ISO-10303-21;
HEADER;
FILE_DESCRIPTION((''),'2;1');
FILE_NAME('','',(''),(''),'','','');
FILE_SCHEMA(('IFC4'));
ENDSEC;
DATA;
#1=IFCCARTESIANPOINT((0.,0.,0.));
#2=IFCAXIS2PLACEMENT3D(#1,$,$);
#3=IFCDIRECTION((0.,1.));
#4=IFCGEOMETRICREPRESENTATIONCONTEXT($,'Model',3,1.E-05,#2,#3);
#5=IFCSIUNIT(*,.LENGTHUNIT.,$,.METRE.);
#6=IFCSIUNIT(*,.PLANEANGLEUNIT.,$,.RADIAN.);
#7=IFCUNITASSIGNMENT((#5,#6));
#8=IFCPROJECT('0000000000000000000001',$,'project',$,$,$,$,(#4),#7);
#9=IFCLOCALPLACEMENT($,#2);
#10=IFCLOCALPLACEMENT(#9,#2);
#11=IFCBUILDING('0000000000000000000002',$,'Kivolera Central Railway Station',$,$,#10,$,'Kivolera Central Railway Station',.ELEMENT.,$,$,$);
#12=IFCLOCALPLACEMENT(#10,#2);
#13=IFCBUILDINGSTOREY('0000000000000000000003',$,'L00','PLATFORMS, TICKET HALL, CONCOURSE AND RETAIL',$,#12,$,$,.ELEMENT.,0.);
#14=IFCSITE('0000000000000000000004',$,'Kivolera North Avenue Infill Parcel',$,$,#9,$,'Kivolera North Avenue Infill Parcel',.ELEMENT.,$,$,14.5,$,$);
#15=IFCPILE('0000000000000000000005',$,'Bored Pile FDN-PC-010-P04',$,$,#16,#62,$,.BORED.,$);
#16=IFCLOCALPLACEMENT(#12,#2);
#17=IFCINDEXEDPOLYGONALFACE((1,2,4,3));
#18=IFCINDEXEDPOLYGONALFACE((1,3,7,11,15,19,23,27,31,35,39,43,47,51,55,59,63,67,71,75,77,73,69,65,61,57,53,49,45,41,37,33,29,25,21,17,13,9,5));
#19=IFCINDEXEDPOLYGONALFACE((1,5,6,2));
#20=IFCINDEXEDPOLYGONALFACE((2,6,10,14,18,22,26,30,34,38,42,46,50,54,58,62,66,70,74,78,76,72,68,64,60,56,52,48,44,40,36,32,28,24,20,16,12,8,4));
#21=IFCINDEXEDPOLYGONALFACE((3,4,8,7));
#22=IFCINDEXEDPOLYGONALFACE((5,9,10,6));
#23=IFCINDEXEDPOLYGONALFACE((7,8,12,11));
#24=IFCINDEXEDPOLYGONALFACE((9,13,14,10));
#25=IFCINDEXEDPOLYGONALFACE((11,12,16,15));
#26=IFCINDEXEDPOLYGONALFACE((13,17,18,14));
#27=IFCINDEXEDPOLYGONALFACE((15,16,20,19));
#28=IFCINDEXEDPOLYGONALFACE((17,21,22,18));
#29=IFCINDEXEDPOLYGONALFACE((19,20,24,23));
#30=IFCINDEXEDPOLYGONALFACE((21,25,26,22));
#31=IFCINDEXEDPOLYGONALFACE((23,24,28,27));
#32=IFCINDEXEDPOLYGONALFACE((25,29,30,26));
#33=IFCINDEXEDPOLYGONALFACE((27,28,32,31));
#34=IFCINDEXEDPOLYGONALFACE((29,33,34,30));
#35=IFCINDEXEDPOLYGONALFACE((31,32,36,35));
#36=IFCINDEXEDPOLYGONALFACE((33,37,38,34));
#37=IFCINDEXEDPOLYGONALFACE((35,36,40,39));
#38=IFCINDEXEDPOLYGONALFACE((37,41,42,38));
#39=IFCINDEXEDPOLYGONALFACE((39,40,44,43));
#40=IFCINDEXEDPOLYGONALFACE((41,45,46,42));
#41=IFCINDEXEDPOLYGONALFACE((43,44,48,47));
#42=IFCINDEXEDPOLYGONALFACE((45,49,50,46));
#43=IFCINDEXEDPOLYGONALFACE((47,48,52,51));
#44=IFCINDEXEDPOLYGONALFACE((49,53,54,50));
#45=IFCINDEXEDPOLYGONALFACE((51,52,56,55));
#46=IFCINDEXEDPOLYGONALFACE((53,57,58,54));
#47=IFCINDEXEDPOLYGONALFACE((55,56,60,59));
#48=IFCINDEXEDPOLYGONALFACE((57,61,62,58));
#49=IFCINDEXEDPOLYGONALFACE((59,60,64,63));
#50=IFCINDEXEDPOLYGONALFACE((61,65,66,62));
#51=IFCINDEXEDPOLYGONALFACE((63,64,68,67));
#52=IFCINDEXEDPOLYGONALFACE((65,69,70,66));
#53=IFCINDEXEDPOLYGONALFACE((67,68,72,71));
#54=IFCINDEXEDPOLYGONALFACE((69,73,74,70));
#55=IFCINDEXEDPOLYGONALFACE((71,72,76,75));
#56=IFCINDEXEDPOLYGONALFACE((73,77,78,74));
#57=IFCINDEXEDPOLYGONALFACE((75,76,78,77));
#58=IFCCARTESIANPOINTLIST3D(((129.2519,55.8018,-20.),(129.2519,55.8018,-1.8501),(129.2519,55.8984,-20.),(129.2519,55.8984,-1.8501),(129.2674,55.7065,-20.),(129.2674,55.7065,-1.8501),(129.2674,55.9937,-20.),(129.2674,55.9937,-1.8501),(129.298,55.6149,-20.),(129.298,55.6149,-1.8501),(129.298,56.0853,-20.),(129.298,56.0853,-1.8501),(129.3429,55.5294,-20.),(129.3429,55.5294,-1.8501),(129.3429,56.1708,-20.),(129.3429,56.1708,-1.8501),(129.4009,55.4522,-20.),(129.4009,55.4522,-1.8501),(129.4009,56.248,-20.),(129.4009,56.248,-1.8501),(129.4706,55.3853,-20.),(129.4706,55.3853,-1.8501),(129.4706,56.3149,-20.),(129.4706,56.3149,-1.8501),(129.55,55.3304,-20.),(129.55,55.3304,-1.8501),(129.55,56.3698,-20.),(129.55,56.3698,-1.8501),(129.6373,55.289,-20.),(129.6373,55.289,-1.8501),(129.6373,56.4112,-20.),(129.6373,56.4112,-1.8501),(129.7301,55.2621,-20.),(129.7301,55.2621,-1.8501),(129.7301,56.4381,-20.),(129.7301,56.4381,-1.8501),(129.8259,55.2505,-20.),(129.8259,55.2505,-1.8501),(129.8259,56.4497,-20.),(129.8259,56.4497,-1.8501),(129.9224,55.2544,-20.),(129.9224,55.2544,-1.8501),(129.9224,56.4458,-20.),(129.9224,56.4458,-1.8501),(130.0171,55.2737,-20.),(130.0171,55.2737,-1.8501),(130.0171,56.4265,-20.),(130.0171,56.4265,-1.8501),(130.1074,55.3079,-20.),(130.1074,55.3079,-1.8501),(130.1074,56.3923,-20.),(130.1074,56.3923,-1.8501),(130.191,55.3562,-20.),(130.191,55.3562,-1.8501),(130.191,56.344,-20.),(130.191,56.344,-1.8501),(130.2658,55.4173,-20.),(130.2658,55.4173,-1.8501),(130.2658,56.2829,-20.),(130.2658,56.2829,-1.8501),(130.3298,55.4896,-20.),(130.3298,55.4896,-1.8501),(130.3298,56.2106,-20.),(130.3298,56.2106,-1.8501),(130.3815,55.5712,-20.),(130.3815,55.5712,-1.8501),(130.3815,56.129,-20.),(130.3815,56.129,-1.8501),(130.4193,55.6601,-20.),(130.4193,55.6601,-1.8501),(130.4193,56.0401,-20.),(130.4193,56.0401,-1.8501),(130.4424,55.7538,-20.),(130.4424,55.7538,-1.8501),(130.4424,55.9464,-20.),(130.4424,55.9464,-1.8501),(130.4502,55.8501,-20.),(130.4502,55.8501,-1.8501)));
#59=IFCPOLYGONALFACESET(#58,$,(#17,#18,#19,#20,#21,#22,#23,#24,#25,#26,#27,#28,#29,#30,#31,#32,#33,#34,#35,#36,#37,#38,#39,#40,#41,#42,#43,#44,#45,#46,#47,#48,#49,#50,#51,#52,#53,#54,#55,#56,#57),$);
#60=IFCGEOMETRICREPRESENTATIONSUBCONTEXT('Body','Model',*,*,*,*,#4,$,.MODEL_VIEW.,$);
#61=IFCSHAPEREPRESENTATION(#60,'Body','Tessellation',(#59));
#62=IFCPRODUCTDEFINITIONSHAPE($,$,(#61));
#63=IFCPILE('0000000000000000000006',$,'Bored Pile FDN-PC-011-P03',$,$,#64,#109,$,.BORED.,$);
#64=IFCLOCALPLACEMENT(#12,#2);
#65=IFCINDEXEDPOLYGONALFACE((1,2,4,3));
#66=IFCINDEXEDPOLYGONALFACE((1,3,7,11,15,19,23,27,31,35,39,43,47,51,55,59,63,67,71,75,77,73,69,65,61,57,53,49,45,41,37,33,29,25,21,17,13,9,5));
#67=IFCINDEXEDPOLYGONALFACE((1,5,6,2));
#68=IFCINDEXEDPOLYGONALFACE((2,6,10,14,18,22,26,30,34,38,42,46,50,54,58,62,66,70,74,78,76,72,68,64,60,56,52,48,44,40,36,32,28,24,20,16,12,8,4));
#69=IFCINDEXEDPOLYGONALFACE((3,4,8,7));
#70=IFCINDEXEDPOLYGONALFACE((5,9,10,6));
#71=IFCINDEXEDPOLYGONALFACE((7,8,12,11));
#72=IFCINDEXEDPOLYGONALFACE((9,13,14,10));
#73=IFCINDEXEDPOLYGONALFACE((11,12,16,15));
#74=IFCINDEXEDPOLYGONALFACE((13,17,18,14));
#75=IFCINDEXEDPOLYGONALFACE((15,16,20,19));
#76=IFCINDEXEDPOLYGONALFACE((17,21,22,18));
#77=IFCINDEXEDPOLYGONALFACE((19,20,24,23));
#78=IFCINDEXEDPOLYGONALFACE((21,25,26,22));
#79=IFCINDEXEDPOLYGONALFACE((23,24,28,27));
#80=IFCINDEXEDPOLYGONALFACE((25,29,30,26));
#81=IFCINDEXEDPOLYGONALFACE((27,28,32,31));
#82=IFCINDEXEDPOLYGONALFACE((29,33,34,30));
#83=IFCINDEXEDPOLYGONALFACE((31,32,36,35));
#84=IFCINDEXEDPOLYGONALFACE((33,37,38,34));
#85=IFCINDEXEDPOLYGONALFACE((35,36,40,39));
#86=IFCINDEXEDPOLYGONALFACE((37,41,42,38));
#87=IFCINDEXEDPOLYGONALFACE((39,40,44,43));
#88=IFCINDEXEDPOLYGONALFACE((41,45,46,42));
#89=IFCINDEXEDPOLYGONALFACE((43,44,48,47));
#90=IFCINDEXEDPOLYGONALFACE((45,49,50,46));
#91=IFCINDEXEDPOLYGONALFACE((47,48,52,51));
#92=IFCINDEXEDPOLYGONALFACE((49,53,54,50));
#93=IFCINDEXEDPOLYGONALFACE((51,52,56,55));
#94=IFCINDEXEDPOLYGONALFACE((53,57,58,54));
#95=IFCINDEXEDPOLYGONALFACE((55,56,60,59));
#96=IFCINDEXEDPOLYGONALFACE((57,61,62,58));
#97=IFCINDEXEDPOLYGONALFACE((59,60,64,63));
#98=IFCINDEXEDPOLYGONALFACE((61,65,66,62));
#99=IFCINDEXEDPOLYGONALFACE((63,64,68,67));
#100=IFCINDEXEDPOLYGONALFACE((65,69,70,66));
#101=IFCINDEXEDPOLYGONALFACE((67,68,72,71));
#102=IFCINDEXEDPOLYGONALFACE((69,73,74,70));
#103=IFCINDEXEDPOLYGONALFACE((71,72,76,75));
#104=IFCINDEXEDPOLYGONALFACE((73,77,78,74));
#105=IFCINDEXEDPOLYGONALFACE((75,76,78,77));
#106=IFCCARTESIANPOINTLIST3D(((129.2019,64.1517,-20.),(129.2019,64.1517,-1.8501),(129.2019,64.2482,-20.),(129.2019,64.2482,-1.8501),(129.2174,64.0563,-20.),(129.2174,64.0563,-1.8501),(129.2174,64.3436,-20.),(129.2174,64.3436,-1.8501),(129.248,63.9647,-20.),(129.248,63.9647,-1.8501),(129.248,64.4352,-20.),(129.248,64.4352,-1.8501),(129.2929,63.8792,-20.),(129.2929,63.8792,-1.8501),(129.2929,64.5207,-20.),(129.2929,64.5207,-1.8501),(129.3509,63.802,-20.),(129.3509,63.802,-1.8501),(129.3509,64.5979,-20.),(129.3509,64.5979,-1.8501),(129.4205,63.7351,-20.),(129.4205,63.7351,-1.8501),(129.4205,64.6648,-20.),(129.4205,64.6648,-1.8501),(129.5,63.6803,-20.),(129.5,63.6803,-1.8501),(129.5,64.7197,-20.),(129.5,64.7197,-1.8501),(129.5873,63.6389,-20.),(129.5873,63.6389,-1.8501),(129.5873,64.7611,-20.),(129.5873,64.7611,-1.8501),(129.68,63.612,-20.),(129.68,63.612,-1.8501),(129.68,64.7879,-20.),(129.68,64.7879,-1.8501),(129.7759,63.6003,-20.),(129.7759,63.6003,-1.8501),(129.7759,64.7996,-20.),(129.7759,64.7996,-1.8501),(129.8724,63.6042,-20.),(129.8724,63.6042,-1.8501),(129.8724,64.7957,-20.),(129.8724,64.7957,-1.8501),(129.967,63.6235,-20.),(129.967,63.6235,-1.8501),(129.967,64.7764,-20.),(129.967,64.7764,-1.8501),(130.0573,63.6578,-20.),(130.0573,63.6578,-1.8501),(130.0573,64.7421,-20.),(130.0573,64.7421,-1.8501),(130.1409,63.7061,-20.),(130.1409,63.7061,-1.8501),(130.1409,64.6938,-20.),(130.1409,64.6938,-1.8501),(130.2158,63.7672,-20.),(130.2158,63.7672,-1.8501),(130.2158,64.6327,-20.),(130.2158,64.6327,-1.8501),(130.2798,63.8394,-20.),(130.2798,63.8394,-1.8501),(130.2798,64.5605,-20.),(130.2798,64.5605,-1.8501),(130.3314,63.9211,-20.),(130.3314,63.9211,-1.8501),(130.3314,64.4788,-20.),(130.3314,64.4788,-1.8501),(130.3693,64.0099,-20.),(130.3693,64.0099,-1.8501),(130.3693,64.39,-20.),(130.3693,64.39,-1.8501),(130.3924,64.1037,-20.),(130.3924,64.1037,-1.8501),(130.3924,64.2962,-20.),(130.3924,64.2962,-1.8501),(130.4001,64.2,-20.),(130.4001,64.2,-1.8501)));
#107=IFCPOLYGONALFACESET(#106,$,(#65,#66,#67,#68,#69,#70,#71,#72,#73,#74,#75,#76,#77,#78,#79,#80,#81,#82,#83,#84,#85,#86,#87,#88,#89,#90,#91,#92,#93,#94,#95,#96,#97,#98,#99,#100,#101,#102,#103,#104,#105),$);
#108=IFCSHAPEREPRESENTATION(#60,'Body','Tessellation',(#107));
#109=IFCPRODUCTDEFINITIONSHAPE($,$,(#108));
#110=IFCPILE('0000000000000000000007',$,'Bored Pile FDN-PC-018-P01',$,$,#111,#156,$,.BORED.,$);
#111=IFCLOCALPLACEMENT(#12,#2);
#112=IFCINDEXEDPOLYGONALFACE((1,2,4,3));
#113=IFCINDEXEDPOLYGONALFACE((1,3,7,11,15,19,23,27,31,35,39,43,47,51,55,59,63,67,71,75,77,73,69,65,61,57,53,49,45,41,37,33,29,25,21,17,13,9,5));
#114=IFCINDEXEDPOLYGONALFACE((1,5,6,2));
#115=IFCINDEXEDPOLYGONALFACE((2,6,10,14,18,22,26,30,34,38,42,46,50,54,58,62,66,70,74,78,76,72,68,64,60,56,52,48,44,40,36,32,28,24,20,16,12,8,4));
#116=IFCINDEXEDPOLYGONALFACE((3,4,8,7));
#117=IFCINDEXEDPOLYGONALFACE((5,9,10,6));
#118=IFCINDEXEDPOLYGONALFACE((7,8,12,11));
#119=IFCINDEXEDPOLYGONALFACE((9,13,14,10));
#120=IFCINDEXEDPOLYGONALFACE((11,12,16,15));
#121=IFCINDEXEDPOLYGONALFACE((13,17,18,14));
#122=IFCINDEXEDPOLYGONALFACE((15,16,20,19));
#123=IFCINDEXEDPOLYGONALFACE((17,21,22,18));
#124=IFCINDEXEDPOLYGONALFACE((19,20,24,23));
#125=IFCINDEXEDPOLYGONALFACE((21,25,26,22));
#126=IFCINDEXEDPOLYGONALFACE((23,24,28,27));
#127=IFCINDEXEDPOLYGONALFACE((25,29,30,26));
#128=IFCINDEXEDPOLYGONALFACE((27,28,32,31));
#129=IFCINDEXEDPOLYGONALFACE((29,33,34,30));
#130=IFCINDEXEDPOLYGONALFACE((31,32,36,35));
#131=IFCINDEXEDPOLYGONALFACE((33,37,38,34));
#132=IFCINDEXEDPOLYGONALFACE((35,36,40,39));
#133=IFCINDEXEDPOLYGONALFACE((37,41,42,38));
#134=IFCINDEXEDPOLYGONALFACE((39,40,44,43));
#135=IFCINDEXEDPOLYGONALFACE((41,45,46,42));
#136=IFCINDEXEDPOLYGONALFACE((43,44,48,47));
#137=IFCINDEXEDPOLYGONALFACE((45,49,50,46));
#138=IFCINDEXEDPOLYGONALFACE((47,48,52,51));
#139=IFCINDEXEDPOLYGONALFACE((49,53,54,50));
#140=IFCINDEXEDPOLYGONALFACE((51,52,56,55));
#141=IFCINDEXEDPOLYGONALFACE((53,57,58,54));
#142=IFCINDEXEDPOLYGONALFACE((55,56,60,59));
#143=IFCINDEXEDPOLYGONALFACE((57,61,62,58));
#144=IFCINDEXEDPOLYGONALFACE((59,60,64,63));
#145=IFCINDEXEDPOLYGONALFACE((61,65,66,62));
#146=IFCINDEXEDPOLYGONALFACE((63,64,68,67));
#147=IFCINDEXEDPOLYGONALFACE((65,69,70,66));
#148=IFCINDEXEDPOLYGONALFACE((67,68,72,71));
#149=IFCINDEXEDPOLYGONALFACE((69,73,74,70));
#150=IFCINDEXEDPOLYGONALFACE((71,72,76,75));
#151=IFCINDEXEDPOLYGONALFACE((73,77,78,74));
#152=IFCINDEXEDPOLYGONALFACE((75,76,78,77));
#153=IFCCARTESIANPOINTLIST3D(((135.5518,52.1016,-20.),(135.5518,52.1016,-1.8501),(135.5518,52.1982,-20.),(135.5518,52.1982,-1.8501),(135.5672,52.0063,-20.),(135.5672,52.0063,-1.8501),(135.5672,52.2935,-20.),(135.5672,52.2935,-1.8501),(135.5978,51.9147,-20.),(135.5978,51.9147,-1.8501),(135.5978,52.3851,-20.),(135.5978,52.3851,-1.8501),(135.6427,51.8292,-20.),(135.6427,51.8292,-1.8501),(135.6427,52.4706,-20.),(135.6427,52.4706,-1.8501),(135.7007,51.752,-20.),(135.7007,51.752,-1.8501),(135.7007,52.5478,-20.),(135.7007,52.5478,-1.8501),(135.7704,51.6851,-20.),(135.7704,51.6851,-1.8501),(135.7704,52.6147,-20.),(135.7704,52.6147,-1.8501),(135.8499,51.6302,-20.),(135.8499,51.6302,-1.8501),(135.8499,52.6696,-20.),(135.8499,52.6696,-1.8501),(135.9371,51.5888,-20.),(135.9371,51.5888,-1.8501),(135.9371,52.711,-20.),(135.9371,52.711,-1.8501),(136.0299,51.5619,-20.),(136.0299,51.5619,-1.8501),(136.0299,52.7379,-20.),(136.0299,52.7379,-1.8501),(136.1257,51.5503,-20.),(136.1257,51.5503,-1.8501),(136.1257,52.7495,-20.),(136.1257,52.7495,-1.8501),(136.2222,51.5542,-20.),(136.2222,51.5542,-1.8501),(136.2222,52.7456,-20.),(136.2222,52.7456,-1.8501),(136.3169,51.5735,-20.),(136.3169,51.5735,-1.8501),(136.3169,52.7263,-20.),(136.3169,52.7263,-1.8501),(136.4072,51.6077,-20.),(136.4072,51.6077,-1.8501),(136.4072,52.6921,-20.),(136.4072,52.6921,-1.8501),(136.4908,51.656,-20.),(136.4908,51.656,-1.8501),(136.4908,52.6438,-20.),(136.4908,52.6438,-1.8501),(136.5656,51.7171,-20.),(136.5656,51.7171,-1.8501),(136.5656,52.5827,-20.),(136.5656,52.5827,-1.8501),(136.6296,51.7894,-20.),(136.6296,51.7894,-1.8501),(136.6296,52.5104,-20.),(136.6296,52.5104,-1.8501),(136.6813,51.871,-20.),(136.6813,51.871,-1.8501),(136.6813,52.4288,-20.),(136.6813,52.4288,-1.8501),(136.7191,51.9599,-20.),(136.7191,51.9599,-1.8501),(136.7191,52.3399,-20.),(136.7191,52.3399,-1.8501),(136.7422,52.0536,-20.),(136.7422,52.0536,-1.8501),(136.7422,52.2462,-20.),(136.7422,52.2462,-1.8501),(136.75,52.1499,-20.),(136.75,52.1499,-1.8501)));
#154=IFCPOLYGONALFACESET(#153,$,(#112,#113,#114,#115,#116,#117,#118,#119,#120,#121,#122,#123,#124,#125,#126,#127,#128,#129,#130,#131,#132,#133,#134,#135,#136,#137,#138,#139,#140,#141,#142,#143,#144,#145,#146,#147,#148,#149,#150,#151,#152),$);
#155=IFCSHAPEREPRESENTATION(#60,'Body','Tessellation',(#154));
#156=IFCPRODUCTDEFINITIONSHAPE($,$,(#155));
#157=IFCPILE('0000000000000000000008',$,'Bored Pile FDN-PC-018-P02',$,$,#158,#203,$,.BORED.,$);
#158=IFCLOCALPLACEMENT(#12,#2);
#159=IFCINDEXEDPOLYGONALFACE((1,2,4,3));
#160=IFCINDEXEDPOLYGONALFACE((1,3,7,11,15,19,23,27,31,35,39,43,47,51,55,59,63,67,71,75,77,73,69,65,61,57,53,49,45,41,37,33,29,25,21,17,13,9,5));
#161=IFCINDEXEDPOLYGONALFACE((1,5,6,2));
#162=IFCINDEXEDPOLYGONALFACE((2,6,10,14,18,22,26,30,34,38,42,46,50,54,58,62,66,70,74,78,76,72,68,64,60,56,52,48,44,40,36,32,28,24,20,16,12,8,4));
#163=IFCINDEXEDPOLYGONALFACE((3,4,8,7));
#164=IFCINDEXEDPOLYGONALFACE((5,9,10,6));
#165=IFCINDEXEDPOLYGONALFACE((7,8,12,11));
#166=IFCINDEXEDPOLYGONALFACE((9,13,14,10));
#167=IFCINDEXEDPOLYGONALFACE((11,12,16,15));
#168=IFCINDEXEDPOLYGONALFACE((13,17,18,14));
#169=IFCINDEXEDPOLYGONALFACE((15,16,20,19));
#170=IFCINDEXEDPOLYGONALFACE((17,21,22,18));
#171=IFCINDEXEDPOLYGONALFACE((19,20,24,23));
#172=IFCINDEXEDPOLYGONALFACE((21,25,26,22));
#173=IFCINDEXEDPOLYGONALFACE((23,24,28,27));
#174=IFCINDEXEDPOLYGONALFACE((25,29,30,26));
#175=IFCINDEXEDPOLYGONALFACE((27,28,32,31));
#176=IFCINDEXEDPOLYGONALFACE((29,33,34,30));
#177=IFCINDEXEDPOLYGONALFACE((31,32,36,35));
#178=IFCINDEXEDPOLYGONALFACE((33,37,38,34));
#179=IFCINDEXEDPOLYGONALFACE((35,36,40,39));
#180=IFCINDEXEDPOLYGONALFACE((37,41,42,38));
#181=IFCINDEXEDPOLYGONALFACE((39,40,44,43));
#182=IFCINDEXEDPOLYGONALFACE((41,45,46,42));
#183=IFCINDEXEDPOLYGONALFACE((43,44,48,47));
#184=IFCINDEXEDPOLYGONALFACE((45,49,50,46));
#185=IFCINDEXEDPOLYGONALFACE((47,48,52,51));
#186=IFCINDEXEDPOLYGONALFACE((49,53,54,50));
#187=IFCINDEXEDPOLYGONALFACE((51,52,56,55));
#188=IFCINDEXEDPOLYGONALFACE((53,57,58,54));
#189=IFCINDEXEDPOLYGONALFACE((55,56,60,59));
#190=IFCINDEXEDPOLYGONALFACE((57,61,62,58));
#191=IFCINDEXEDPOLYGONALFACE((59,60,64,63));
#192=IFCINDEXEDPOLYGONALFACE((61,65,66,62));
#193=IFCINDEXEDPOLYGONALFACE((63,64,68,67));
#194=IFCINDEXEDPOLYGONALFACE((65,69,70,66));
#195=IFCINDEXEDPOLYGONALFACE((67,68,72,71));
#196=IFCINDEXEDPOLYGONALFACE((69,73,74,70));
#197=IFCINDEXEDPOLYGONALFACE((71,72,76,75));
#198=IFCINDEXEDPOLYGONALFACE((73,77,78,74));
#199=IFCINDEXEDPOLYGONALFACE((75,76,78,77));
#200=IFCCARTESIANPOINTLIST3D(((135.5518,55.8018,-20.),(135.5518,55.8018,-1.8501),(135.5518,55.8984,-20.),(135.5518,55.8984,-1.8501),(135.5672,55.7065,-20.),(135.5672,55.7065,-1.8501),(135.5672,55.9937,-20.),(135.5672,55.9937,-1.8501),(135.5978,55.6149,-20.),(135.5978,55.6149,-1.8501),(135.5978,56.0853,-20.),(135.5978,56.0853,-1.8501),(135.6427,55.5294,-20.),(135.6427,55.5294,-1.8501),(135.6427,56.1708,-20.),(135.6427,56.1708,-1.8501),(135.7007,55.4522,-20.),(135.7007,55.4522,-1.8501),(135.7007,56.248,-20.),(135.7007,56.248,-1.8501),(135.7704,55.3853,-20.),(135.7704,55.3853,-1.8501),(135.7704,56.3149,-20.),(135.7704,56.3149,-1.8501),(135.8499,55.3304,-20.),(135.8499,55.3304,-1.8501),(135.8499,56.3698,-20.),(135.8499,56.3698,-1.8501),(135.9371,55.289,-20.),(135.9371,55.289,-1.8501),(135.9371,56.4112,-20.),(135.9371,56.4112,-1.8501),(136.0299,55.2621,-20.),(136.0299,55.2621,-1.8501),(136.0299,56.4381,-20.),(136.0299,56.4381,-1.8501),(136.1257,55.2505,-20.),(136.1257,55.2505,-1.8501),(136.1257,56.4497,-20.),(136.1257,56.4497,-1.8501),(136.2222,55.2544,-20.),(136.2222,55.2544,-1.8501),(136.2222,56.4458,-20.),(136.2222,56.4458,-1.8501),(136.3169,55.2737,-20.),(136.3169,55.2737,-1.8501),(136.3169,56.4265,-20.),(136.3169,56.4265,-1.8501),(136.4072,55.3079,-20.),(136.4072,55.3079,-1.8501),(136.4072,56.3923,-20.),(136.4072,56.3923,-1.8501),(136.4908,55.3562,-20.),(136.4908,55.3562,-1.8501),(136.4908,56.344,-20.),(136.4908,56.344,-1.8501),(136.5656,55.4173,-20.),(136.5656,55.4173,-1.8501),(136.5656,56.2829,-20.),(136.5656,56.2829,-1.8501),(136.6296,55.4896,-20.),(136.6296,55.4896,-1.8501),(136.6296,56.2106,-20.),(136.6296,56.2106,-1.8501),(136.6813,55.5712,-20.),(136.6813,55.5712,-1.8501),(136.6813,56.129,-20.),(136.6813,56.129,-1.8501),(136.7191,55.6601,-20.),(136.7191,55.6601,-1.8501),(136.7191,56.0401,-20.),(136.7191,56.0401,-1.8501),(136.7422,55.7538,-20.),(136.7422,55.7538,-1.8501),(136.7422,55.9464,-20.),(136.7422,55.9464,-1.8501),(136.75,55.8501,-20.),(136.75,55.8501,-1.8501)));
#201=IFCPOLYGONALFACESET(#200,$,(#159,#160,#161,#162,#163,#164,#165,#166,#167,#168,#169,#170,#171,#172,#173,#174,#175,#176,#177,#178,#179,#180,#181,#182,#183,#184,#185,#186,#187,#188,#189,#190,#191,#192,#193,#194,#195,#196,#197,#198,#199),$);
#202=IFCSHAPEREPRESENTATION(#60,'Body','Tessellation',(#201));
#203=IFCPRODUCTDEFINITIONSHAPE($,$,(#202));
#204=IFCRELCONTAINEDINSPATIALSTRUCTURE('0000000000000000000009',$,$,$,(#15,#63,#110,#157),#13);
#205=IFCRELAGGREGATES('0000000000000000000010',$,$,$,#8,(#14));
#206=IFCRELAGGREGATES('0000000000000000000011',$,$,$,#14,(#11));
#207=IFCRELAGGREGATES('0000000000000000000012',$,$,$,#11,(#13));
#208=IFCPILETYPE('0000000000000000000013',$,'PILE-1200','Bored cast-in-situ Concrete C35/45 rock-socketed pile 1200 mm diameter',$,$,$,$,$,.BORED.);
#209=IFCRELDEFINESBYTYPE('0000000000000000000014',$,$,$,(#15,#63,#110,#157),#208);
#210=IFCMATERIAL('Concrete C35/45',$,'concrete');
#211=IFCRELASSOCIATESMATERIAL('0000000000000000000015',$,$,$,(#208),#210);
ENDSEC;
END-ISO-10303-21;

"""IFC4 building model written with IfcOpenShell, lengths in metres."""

from ifc_helpers import new_model, si_unit, direction, frame, origin, origin_2d, place, context, subcontext, project, spatial, circle, extrude, material, material_profile, profile_set, type_object, element, save


model = new_model("IFC4")

# Units and contexts
model_context = context("Model", 3, precision=1e-05, world=origin(), true_north=direction((0.0, 1.0)))
body_context = subcontext(model_context, "Body", "Model", "MODEL_VIEW")
ifc_project = project(units=[si_unit("LENGTHUNIT", "METRE"), si_unit("PLANEANGLEUNIT", "RADIAN")], contexts=[model_context])

# Site, building, storey
site_placement = place(None, origin())
site = spatial("IfcSite", under=ifc_project, at=site_placement, Name="Kivolera North Avenue Infill Parcel", LongName="Kivolera North Avenue Infill Parcel", CompositionType="ELEMENT", RefElevation=14.5)
building_placement = place(site_placement, origin())
building = spatial("IfcBuilding", under=site, at=building_placement, Name="Kivolera Central Railway Station", LongName="Kivolera Central Railway Station", CompositionType="ELEMENT")
storey_placement = place(building_placement, origin())
storey = spatial("IfcBuildingStorey", under=building, at=storey_placement, Name="L00", Description="PLATFORMS, TICKET HALL, CONCOURSE AND RETAIL", CompositionType="ELEMENT", Elevation=0.0)

# Shared definitions
ifc_material_1 = material(Name="Concrete C35/45", Category="concrete")

# Piles
ifc_material_profile_1 = material_profile(ifc_material_1, circle(Radius=0.6001, at=origin_2d()), Name="PILE D1200")
ifc_profile_set_1 = profile_set([ifc_material_profile_1], Name="Concrete C35/45")
pile_type_1 = type_object("IfcPileType", Name="PILE-1200", Description="Bored cast-in-situ Concrete C35/45 rock-socketed pile 1200 mm diameter", PredefinedType="BORED", material=ifc_profile_set_1)
for number, where, z_axis, x_axis, name in (
    (1, (129.8501, 55.8501, -1.8501), (0.0, 0.0, -1.0), (1.0, 0.0, 0.0), "Bored Pile FDN-PC-010-P04"),
    (2, (129.8, 64.2, -1.8501), (0.0, 0.0, -1.0), (1.0, 0.0, 0.0), "Bored Pile FDN-PC-011-P03"),
    (3, (136.1499, 52.1499, -1.8501), (0.0, 0.0, -1.0), (1.0, 0.0, 0.0), "Bored Pile FDN-PC-018-P01"),
    (4, (136.1499, 55.8501, -1.8501), (0.0, 0.0, -1.0), (1.0, 0.0, 0.0), "Bored Pile FDN-PC-018-P02"),
):
    element("IfcPile", number, at=place(storey_placement, frame(where, z_axis=z_axis, x_axis=x_axis)), inside=storey, type_object=pile_type_1, Name=name, PredefinedType="BORED", context=body_context, shape_type="SweptSolid", body=[
        extrude(circle(Radius=0.6001, at=origin_2d()), origin(), (0.0, 0.0, 1.0), 18.1499),
    ])

save(model, "model.ifc")
